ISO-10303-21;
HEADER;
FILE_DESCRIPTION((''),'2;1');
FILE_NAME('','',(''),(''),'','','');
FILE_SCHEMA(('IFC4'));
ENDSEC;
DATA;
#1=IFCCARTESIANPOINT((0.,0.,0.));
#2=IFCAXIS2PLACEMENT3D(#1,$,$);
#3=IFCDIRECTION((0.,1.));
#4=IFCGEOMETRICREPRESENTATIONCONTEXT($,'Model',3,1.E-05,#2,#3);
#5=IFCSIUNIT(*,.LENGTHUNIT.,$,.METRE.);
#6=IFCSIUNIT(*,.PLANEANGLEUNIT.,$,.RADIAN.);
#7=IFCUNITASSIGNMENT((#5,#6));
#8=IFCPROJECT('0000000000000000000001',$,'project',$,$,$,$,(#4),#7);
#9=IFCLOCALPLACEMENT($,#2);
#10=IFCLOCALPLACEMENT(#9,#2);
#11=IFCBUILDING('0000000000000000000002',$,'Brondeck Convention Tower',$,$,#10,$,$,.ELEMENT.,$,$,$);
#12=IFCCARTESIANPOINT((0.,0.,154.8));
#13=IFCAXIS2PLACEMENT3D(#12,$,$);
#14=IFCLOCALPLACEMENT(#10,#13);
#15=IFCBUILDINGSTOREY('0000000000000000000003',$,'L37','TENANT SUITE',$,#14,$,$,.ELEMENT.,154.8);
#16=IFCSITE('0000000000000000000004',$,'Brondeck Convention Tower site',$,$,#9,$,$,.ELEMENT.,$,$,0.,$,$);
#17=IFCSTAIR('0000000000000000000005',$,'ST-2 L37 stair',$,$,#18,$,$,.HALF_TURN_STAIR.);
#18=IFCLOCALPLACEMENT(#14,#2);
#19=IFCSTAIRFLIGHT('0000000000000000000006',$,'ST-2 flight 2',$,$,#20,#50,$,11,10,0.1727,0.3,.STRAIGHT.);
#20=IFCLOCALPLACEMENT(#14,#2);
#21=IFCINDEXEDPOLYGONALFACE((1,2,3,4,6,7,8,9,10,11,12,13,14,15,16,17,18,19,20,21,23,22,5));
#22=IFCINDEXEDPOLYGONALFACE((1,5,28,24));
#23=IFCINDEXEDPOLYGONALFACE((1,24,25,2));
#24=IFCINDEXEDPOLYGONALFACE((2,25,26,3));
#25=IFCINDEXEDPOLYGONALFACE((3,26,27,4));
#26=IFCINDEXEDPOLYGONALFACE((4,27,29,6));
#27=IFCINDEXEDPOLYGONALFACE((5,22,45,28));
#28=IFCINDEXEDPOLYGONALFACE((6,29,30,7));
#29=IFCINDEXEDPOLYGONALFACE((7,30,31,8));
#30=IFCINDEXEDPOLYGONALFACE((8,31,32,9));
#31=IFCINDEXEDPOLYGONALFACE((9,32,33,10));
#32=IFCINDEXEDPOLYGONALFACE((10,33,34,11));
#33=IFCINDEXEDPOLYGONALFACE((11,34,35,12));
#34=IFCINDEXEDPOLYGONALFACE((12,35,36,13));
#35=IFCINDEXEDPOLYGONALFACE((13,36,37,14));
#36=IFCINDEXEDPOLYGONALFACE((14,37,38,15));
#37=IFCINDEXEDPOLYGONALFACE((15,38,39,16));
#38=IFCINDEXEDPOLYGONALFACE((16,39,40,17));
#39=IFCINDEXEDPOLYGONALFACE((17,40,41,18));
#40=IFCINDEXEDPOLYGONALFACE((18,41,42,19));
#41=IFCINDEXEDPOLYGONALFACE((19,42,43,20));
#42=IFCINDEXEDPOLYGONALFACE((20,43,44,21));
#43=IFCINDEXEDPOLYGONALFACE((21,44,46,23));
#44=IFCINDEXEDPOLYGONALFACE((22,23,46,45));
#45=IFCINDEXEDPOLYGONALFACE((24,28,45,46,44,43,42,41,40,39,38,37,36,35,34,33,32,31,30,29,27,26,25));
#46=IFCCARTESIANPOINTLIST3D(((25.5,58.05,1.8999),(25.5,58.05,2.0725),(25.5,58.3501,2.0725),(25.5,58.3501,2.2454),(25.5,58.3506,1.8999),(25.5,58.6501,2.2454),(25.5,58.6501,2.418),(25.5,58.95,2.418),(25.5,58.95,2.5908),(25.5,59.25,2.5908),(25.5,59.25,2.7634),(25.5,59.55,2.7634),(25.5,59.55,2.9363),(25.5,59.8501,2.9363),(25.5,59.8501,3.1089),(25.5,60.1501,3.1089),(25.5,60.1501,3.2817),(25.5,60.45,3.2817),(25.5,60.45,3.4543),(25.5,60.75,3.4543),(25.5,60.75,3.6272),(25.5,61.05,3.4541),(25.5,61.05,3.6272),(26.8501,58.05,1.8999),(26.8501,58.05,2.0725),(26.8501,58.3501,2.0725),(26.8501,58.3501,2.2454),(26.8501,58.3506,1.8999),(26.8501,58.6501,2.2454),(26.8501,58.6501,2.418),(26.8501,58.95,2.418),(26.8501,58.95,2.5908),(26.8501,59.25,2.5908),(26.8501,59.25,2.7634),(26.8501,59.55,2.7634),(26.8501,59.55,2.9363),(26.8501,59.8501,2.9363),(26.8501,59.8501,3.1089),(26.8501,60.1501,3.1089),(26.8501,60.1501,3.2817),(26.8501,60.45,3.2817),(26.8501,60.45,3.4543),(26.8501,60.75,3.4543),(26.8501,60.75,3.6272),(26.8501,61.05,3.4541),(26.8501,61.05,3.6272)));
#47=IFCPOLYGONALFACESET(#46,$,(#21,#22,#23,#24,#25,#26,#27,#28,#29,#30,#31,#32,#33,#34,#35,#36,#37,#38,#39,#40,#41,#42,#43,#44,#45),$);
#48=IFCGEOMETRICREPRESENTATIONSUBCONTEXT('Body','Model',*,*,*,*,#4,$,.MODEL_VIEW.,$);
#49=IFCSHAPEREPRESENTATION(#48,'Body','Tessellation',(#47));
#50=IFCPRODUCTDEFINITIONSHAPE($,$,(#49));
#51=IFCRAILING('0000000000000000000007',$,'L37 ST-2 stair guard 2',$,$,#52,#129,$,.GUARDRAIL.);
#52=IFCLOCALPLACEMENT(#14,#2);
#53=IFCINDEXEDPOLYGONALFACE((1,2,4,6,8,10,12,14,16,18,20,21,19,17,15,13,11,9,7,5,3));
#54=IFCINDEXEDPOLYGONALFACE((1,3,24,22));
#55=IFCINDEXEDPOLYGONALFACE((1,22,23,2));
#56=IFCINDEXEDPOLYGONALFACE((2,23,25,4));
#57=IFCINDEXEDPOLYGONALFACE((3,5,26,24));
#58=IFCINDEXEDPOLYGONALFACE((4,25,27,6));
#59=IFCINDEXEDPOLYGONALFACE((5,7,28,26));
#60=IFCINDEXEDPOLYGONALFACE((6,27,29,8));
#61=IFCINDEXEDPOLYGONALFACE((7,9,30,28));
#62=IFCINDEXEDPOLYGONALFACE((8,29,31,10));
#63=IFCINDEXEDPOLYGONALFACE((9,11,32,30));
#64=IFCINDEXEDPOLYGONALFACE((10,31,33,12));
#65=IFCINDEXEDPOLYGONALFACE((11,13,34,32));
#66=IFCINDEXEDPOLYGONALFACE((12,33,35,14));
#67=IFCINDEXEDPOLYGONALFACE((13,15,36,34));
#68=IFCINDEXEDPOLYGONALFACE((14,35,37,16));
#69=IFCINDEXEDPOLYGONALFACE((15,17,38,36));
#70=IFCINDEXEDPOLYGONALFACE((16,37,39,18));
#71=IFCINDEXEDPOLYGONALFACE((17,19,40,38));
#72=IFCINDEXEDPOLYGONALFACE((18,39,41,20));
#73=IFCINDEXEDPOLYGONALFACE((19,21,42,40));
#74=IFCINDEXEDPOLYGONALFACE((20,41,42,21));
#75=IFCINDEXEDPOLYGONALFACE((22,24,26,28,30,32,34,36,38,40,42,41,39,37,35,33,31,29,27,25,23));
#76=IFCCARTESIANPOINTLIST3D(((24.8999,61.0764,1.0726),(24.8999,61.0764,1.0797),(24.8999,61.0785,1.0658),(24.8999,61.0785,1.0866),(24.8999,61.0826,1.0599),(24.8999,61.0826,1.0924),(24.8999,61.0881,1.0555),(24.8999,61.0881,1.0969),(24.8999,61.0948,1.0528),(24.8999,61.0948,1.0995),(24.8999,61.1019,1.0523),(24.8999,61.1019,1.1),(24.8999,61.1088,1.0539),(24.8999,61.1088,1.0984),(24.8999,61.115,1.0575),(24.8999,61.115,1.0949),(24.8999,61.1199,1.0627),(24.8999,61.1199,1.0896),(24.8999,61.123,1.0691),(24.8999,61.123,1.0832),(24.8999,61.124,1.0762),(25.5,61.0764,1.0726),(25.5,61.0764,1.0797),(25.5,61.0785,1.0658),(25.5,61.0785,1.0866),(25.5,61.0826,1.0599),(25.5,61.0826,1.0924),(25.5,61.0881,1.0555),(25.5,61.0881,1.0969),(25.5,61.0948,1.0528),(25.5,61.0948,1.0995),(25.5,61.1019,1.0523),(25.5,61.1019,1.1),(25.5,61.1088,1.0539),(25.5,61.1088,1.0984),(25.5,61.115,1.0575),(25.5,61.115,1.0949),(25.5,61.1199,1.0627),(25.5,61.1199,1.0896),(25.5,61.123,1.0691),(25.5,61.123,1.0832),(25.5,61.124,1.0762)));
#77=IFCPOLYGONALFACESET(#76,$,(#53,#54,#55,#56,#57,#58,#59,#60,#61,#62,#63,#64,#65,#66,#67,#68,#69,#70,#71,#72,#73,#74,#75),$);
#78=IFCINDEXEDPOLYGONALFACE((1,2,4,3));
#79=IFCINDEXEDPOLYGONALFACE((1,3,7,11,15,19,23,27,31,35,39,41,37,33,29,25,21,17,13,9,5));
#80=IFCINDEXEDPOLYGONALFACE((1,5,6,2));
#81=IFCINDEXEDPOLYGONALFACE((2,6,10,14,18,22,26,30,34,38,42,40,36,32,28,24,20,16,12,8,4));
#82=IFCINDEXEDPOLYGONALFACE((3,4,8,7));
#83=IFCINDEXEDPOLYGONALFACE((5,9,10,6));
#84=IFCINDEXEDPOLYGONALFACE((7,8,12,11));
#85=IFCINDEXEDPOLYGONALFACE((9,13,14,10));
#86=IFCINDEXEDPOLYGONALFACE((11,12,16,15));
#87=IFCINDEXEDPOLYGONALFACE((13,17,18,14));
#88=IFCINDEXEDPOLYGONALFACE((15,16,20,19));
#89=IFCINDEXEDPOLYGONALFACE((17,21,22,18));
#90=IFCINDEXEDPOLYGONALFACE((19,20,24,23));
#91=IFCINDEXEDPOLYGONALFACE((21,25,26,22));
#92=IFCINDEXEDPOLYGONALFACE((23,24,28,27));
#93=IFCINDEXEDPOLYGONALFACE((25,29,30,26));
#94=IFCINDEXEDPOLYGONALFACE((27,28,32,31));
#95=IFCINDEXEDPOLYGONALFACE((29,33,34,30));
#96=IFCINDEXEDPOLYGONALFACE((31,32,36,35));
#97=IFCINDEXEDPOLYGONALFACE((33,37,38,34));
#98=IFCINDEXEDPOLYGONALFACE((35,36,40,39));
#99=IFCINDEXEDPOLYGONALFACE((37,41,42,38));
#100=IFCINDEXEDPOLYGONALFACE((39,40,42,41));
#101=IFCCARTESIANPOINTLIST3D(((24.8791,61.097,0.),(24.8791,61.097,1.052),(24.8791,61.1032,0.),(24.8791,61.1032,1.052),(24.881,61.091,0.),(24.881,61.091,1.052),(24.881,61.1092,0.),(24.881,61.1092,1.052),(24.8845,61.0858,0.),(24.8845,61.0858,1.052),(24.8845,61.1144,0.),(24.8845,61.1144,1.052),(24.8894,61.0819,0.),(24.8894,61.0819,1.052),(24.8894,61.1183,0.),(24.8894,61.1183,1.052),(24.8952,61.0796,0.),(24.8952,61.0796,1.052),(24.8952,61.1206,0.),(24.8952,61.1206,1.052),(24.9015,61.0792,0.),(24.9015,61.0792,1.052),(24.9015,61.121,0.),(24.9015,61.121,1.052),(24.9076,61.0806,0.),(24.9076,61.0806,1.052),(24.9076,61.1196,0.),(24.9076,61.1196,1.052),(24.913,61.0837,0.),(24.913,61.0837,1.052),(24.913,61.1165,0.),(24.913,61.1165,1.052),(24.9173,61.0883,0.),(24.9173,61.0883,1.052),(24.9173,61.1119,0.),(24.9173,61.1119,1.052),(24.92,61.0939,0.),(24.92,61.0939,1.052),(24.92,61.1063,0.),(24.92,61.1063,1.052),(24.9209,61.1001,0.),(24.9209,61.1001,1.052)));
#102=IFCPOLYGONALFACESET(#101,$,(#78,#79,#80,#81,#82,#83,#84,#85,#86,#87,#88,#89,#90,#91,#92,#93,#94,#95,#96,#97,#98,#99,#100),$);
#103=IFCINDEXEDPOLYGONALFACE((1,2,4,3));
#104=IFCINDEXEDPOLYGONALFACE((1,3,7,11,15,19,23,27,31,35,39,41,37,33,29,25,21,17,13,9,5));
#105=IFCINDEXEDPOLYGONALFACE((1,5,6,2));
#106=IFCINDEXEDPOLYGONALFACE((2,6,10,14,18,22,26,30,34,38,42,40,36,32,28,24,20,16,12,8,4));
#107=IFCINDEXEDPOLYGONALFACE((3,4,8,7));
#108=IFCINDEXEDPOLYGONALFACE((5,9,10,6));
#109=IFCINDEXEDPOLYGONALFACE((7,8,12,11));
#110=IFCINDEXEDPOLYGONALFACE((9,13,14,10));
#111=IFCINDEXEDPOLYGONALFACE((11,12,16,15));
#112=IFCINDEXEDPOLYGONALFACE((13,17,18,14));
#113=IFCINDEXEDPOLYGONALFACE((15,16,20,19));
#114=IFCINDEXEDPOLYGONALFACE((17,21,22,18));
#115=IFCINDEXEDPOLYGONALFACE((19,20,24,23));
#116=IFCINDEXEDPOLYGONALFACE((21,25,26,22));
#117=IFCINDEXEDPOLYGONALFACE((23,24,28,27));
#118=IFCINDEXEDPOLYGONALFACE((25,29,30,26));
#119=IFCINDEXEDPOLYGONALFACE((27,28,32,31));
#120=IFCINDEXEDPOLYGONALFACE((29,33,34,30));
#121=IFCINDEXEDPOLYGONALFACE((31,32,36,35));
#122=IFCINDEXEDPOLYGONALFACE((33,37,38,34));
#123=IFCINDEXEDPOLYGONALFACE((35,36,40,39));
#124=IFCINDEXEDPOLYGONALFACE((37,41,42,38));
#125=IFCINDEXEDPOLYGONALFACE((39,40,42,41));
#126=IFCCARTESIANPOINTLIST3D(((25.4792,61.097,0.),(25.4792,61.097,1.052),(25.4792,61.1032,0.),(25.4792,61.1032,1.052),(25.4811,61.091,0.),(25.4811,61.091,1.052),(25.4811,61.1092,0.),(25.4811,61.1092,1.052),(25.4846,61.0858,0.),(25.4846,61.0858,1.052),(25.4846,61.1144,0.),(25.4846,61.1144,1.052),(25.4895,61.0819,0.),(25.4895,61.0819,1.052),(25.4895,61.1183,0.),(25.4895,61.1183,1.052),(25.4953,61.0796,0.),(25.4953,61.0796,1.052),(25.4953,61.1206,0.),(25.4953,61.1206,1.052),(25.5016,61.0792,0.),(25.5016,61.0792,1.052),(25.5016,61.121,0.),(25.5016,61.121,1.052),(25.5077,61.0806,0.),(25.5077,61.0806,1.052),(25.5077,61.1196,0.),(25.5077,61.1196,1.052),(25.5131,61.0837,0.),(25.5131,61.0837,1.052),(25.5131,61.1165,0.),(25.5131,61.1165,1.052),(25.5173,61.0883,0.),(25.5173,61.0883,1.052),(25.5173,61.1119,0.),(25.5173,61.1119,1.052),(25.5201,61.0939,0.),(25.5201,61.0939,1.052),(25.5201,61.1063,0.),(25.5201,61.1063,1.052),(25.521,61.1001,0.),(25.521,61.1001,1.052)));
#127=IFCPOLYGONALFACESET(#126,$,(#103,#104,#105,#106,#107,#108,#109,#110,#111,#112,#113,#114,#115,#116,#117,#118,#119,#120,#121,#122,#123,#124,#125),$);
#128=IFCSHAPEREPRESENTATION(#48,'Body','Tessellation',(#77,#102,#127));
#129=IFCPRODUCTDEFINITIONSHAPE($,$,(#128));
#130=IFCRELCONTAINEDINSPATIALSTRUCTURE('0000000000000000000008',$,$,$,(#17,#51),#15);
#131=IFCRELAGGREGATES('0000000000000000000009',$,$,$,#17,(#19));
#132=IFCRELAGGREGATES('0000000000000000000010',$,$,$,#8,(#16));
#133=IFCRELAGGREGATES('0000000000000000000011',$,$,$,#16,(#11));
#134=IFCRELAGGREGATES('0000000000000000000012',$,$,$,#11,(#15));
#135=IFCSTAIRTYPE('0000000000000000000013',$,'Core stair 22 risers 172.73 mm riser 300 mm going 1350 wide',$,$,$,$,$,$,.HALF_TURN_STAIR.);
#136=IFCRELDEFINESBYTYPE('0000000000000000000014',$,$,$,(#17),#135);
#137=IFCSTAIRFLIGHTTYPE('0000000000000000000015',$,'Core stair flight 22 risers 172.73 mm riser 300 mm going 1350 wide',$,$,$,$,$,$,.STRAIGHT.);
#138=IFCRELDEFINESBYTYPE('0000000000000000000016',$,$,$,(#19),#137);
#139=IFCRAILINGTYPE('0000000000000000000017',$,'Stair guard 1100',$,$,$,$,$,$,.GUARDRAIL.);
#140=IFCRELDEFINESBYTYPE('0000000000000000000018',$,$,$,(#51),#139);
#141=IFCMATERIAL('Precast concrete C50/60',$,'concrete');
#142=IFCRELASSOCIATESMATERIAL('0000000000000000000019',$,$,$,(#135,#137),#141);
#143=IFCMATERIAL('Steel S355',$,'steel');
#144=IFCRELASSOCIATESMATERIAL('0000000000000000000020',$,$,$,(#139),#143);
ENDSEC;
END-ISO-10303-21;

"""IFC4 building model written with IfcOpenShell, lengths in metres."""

from ifc_helpers import new_model, si_unit, direction, frame, origin, origin_2d, place, context, subcontext, project, spatial, polyline, circle, outline, extrude, material, type_object, element, aggregate, save


model = new_model("IFC4")

# Units and contexts
model_context = context("Model", 3, precision=1e-05, world=origin(), true_north=direction((0.0, 1.0)))
body_context = subcontext(model_context, "Body", "Model", "MODEL_VIEW")
ifc_project = project(units=[si_unit("LENGTHUNIT", "METRE"), si_unit("PLANEANGLEUNIT", "RADIAN")], contexts=[model_context])

# Site, building, storey
site_placement = place(None, origin())
site = spatial("IfcSite", under=ifc_project, at=site_placement, Name="Brondeck Convention Tower site", CompositionType="ELEMENT", RefElevation=0.0)
building_placement = place(site_placement, origin())
building = spatial("IfcBuilding", under=site, at=building_placement, Name="Brondeck Convention Tower", CompositionType="ELEMENT")
storey_placement = place(building_placement, frame((0.0, 0.0, 154.8)))
storey = spatial("IfcBuildingStorey", under=building, at=storey_placement, Name="L37", Description="TENANT SUITE", CompositionType="ELEMENT", Elevation=154.8)

# Stair, stair flight
ifc_material_1 = material(Name="Precast concrete C50/60", Category="concrete")
stair_type = type_object("IfcStairType", Name="Core stair 22 risers 172.73 mm riser 300 mm going 1350 wide", PredefinedType="HALF_TURN_STAIR", material=ifc_material_1)
stair_placement = place(storey_placement, origin())
stair = element("IfcStair", 1, at=stair_placement, inside=storey, type_object=stair_type, Name="ST-2 L37 stair", PredefinedType="HALF_TURN_STAIR")
stair_flight_type = type_object("IfcStairFlightType", Name="Core stair flight 22 risers 172.73 mm riser 300 mm going 1350 wide", PredefinedType="STRAIGHT", material=ifc_material_1)
stair_flight_1_placement = place(storey_placement, frame((26.175, 58.05, 1.8999), z_axis=(0.0, 0.0, 1.0), x_axis=(0.0, 1.0, 0.0)))
stair_flight_1 = element("IfcStairFlight", 2, at=stair_flight_1_placement, type_object=stair_flight_type, Name="ST-2 flight 2", NumberOfRisers=11, NumberOfTreads=10, PredefinedType="STRAIGHT", RiserHeight=0.1727, TreadLength=0.3, context=body_context, shape_type="SweptSolid", body=[
    extrude(outline(polyline([(0.0, 0.0), (0.0, 0.1726), (0.3, 0.1726), (0.3, 0.3455), (0.6001, 0.3455), (0.6001, 0.5181), (0.8999, 0.5181), (0.8999, 0.6909), (1.2, 0.6909), (1.2, 0.8635), (1.5, 0.8635), (1.5, 1.0364), (1.8, 1.0364), (1.8, 1.209), (2.1001, 1.209), (2.1001, 1.3818), (2.3999, 1.3818), (2.3999, 1.5544), (2.7, 1.5544), (2.7, 1.7273), (3.0, 1.7273), (3.0, 1.8999), (3.0, 1.5542), (0.3005, 0.0), (0.0, 0.0)])), frame((0.0, 0.675, 0.0), z_axis=(0.0, -1.0, 0.0), x_axis=(1.0, 0.0, 0.0)), (0.0, 0.0, 1.0), 1.3501),
])
aggregate(stair, [stair_flight_1])

# Railing
ifc_material_2 = material(Name="Steel S355", Category="steel")
railing_type_1 = type_object("IfcRailingType", Name="Stair guard 1100", PredefinedType="GUARDRAIL", material=ifc_material_2)
railing_1_placement = place(storey_placement, frame((24.8999, 61.1001, 0.0)))
element("IfcRailing", 3, at=railing_1_placement, inside=storey, type_object=railing_type_1, Name="L37 ST-2 stair guard 2", PredefinedType="GUARDRAIL", context=body_context, shape_type="SweptSolid", body=[
    extrude(circle(Radius=0.0239, at=origin_2d()), frame((0.0, 0.0, 1.0762), z_axis=(1.0, 0.0, 0.0), x_axis=(0.0, 1.0, 0.0)), (0.0, 0.0, 1.0), 0.6001),
    extrude(circle(Radius=0.021, at=origin_2d()), origin(), (0.0, 0.0, 1.0), 1.052),
    extrude(circle(Radius=0.021, at=origin_2d()), frame((0.6001, 0.0, 0.0)), (0.0, 0.0, 1.0), 1.052),
])

save(model, "model.ifc")
